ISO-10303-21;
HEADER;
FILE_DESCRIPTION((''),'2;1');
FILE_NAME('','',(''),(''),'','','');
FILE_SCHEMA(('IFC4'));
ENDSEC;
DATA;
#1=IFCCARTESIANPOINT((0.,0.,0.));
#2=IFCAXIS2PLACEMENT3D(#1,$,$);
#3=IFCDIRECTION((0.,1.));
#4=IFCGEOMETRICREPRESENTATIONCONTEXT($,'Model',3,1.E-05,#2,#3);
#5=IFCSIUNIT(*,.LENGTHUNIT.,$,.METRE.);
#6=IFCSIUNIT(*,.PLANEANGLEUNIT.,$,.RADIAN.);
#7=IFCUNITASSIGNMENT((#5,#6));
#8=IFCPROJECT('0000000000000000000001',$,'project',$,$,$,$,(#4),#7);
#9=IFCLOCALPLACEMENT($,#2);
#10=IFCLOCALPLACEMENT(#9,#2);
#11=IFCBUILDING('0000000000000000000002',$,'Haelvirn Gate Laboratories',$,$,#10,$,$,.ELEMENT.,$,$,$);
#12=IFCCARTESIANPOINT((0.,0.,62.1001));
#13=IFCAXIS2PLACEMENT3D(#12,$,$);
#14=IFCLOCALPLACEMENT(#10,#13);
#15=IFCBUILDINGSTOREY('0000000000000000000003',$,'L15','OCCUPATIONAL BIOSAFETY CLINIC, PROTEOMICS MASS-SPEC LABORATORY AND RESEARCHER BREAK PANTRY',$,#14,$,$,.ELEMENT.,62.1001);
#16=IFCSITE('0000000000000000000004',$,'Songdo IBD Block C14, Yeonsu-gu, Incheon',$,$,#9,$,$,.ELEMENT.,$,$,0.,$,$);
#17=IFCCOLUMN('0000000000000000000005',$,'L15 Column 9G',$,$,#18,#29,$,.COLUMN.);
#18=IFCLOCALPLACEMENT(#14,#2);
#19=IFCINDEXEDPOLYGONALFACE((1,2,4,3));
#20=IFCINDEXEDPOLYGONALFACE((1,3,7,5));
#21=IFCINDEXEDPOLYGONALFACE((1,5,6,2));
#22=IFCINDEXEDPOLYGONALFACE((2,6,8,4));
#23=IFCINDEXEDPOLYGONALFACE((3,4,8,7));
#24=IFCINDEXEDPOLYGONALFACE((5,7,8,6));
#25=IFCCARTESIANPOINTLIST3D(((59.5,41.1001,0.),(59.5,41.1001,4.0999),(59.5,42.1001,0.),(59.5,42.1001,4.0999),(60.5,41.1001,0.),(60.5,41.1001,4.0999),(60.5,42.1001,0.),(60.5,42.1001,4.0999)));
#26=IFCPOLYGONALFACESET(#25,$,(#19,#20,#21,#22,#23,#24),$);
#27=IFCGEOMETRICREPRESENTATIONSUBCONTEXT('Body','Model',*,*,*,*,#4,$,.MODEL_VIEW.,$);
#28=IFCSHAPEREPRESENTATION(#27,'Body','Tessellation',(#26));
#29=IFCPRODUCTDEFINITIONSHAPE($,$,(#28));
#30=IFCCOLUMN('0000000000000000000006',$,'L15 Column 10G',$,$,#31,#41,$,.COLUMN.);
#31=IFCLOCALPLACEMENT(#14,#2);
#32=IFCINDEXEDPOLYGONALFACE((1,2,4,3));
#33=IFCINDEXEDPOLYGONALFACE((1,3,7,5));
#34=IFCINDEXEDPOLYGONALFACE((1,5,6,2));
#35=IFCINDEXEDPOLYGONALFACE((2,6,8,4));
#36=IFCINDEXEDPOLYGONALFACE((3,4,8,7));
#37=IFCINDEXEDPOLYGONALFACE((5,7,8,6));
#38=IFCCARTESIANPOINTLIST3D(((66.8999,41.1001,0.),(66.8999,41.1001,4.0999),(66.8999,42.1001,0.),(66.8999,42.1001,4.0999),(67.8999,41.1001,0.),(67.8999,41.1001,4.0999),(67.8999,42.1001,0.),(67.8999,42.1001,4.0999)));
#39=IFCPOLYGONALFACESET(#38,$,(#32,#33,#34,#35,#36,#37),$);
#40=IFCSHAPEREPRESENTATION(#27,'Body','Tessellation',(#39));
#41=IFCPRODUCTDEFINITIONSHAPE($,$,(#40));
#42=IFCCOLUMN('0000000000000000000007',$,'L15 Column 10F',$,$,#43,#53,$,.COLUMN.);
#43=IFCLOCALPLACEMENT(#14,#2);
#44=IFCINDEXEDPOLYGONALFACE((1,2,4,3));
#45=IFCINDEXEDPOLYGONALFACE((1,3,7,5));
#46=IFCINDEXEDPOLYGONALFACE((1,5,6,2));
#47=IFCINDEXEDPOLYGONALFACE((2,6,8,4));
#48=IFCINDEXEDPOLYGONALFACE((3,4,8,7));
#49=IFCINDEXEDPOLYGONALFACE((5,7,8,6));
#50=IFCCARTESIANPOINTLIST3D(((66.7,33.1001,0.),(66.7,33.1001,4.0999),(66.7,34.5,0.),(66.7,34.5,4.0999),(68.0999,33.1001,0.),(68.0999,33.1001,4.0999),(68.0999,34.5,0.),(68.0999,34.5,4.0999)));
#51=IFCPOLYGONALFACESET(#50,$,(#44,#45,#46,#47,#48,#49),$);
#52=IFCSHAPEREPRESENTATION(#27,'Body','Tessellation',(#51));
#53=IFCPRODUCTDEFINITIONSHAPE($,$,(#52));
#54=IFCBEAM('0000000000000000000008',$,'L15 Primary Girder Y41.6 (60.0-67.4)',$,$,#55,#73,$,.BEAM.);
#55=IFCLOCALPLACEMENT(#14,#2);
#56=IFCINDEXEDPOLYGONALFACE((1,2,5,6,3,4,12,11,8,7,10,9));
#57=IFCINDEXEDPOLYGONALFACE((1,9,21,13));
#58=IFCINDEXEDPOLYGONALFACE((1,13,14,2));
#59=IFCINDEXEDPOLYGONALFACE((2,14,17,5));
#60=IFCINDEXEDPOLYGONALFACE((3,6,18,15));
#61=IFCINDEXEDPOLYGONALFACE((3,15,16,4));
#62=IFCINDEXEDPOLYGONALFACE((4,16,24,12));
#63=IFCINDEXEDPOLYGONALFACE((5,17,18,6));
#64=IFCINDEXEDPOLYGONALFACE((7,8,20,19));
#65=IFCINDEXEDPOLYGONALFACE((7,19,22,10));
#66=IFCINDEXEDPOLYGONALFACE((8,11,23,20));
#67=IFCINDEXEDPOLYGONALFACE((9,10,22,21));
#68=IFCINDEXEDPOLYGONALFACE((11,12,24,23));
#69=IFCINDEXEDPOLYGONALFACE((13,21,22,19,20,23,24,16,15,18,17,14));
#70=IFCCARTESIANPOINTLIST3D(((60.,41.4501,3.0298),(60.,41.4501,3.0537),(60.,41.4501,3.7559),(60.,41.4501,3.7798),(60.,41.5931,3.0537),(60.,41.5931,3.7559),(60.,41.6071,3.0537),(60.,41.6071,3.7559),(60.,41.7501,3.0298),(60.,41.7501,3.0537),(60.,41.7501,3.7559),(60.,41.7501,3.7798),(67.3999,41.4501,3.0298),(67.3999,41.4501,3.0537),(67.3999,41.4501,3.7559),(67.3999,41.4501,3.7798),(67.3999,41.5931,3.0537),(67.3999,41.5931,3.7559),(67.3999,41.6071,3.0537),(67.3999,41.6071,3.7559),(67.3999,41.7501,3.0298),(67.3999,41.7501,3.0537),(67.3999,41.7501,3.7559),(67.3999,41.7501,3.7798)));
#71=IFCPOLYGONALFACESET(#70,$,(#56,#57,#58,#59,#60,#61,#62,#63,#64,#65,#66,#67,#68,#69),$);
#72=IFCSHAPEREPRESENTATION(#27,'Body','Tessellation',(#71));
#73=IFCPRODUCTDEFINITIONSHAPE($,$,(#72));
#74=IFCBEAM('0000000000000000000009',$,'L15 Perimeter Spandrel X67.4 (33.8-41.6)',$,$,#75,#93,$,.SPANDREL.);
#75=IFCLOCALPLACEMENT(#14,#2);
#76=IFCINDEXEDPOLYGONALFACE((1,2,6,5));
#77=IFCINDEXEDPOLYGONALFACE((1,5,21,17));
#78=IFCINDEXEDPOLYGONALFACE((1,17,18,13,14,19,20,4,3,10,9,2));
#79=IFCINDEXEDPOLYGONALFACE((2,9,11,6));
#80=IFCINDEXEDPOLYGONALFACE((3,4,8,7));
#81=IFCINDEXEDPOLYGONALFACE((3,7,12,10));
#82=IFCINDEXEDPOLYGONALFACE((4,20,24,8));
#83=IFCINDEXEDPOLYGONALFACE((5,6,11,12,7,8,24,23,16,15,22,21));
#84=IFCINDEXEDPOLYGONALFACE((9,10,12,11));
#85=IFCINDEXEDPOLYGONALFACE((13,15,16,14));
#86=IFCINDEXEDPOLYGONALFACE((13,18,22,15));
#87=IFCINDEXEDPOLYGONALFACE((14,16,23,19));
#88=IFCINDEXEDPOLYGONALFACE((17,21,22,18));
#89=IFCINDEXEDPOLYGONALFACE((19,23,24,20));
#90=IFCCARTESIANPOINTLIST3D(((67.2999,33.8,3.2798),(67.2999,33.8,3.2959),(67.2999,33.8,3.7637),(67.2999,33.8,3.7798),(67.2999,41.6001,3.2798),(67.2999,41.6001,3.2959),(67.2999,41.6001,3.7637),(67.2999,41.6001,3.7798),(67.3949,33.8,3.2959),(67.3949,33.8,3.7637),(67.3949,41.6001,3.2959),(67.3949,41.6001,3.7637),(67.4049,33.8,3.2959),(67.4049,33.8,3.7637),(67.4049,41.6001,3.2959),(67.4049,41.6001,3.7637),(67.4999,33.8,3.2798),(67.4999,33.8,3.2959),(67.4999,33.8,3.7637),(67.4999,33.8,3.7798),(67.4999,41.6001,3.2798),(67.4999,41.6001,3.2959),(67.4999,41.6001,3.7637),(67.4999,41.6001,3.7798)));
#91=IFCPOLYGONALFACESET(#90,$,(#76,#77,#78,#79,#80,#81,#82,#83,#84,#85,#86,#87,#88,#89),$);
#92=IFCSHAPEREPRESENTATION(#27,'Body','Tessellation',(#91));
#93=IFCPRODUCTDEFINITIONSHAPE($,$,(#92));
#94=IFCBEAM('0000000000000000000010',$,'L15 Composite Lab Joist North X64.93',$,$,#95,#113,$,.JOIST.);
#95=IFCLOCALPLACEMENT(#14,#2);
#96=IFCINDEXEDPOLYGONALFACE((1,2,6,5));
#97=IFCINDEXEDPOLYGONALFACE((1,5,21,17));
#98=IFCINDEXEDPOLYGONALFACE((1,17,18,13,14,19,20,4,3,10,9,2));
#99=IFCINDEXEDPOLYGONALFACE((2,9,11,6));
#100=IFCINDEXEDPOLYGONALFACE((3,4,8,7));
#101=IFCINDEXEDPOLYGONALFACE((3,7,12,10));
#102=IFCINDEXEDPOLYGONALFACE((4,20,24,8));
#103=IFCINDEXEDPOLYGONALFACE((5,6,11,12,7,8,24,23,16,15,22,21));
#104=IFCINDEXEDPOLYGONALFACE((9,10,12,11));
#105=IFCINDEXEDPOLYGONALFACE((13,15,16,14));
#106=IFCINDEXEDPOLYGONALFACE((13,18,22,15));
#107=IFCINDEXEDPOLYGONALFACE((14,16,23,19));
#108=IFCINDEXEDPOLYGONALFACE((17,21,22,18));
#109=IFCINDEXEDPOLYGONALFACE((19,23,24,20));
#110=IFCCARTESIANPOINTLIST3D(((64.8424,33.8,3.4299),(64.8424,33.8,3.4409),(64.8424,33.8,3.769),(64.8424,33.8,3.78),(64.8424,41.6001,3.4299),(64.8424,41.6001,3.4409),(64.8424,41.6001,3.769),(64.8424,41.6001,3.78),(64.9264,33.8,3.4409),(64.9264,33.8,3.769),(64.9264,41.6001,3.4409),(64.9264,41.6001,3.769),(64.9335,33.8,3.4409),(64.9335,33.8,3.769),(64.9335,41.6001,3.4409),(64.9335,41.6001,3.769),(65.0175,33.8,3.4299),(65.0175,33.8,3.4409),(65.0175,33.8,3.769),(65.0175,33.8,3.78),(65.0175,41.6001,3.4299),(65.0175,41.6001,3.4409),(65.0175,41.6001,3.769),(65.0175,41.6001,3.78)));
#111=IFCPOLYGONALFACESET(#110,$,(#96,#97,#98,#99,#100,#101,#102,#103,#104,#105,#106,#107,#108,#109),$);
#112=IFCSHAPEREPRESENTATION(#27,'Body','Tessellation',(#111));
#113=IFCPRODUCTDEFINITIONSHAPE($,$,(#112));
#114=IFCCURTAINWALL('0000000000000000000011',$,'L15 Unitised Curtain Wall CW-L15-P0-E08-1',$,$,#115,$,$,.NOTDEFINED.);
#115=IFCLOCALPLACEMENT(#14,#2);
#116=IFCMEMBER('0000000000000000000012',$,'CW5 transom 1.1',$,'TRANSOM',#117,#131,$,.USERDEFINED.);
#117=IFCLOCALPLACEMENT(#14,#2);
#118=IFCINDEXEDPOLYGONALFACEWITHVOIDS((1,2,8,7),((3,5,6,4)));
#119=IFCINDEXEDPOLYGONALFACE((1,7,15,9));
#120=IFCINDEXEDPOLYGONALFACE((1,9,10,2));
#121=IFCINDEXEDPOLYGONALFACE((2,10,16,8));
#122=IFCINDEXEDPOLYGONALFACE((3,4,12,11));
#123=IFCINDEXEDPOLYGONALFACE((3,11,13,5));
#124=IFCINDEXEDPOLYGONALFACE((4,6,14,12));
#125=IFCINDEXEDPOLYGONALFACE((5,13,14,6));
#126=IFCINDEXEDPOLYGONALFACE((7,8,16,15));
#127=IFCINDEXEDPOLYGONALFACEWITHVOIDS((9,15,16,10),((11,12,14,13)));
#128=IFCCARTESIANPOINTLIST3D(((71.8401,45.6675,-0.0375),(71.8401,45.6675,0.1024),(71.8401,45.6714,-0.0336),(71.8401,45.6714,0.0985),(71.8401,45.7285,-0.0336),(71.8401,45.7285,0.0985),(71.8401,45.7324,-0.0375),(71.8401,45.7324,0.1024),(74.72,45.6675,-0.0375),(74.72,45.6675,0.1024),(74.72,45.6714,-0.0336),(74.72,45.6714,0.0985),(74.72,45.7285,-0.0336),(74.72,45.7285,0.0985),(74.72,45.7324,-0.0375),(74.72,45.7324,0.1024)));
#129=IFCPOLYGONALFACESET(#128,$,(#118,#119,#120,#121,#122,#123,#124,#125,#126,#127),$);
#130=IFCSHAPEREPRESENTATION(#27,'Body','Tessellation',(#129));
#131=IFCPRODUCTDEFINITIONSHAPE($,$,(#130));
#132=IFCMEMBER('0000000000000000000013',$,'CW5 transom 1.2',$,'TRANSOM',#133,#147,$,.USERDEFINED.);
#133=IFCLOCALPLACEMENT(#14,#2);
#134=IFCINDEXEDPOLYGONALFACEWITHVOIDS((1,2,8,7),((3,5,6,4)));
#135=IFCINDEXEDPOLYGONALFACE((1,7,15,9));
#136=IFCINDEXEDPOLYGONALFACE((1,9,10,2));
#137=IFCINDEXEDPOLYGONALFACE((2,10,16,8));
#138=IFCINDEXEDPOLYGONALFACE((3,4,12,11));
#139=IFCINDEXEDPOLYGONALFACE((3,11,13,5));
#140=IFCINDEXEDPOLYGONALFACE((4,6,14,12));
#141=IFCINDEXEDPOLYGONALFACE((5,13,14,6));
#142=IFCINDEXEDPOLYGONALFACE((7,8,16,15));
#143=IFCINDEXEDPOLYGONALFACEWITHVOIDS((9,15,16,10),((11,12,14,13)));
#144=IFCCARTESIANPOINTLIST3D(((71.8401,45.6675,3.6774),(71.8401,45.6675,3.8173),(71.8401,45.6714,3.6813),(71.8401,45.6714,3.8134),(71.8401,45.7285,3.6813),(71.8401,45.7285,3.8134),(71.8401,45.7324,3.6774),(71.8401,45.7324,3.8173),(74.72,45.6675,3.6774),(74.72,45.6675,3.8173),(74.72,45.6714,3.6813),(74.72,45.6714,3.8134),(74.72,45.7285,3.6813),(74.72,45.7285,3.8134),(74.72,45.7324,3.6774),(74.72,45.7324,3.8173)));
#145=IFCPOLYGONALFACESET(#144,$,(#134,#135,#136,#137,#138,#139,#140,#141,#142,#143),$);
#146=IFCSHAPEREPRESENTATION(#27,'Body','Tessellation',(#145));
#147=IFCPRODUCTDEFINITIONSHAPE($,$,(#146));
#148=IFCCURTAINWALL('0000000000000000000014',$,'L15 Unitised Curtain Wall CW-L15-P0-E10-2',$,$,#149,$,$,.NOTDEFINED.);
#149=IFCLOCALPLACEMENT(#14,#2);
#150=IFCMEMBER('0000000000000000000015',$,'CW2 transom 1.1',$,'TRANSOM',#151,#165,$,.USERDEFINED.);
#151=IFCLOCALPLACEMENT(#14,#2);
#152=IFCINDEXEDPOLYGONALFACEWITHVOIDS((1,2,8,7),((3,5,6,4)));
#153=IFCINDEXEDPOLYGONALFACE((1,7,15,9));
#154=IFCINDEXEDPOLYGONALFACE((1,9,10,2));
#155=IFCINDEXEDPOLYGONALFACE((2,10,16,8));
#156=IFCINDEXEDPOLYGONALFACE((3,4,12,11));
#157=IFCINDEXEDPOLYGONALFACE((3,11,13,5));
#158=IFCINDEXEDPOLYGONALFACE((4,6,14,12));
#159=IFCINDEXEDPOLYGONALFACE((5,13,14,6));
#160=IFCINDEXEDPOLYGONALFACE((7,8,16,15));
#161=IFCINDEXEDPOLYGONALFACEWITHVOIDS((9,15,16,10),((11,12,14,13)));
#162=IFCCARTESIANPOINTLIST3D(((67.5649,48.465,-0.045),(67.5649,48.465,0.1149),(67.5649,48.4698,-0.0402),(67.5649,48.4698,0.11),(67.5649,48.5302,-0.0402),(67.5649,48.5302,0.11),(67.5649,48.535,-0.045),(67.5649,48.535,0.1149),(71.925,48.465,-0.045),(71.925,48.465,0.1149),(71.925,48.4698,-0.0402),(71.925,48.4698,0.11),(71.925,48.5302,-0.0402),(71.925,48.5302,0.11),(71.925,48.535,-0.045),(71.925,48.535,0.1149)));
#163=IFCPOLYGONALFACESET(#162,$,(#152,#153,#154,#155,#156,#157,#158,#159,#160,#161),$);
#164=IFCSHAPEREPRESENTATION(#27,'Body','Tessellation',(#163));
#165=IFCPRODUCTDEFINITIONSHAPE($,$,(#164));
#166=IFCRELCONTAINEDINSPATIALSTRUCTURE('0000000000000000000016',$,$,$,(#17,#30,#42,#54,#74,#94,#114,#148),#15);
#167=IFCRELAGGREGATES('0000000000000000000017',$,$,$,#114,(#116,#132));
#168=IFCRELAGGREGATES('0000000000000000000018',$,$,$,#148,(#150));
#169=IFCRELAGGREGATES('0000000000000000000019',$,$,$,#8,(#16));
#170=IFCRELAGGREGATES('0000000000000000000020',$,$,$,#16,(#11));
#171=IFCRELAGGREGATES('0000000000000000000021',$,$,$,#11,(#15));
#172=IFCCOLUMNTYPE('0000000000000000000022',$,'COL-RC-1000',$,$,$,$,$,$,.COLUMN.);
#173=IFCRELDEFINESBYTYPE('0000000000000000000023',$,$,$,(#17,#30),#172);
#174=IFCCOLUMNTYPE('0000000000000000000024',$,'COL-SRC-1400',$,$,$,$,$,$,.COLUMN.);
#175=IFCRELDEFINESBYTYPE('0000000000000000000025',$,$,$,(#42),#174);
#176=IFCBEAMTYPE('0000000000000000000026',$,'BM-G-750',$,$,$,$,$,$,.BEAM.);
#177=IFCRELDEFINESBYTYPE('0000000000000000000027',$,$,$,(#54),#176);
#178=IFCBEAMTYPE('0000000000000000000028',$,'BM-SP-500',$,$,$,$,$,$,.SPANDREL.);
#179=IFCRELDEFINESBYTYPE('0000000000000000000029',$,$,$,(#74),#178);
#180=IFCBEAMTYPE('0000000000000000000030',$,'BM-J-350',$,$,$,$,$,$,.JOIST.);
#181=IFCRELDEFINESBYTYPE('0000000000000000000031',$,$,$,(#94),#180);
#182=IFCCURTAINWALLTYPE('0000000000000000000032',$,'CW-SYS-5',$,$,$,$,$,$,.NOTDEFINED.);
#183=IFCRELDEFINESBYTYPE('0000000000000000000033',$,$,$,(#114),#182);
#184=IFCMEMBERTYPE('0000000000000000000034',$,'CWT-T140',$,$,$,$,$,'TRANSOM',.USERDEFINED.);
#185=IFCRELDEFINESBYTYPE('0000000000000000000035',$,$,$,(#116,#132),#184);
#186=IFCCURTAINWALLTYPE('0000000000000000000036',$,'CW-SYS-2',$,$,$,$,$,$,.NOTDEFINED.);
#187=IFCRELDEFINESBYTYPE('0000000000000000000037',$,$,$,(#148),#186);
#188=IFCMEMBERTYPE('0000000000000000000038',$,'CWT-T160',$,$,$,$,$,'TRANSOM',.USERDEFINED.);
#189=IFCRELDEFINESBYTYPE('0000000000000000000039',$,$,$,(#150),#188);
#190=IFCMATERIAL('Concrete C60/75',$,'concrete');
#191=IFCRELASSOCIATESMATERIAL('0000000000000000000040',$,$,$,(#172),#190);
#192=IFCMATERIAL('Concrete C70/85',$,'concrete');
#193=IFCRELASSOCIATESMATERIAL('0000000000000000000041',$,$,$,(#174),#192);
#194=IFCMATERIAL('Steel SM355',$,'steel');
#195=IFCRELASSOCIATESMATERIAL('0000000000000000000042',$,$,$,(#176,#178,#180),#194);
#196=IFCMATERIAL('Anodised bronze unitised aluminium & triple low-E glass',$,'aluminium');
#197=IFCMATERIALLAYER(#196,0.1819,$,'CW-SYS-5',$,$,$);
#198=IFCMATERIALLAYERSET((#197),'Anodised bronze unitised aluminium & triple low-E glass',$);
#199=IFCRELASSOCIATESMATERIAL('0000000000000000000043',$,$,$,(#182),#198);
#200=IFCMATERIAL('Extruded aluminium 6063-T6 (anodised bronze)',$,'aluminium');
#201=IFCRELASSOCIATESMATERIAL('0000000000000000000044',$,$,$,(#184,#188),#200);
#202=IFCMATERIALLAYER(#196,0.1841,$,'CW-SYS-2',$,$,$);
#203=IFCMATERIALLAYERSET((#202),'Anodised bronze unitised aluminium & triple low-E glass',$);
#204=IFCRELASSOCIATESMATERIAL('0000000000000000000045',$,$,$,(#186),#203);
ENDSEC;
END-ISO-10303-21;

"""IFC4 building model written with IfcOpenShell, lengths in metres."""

from ifc_helpers import new_model, si_unit, direction, frame, origin, origin_2d, place, context, subcontext, project, spatial, rectangle, hollow_rectangle, i_section, extrude, source, transform, mapped, material, layer, layer_set, material_profile, profile_set, type_object, type_shapes, element, aggregate, save


model = new_model("IFC4")

# Units and contexts
model_context = context("Model", 3, precision=1e-05, world=origin(), true_north=direction((0.0, 1.0)))
body_context = subcontext(model_context, "Body", "Model", "MODEL_VIEW")
ifc_project = project(units=[si_unit("LENGTHUNIT", "METRE"), si_unit("PLANEANGLEUNIT", "RADIAN")], contexts=[model_context])

# Site, building, storey
site_placement = place(None, origin())
site = spatial("IfcSite", under=ifc_project, at=site_placement, Name="Songdo IBD Block C14, Yeonsu-gu, Incheon", CompositionType="ELEMENT", RefElevation=0.0)
building_placement = place(site_placement, origin())
building = spatial("IfcBuilding", under=site, at=building_placement, Name="Haelvirn Gate Laboratories", CompositionType="ELEMENT")
storey_placement = place(building_placement, frame((0.0, 0.0, 62.1001)))
storey = spatial("IfcBuildingStorey", under=building, at=storey_placement, Name="L15", Description="OCCUPATIONAL BIOSAFETY CLINIC, PROTEOMICS MASS-SPEC LABORATORY AND RESEARCHER BREAK PANTRY", CompositionType="ELEMENT", Elevation=62.1001)

# Columns
ifc_material_1 = material(Name="Concrete C60/75", Category="concrete")
ifc_material_profile_1 = material_profile(ifc_material_1, rectangle(XDim=1.0, YDim=1.0, at=origin_2d()), Name="RC-1000x1000")
ifc_profile_set_1 = profile_set([ifc_material_profile_1], Name="Concrete C60/75")
column_type_1 = type_object("IfcColumnType", Name="COL-RC-1000", PredefinedType="COLUMN", material=ifc_profile_set_1)
shared_shape_1 = source(origin(), body_context, "Body", "SweptSolid", [
    extrude(rectangle(XDim=1.0, YDim=1.0, at=origin_2d()), origin(), (0.0, 0.0, 1.0), 4.0999),
])
type_shapes(column_type_1, [shared_shape_1])
for number, where, z_axis, x_axis, name in (
    (1, (60.0, 41.6001, 0.0), (0.0, 0.0, 1.0), (1.0, 0.0, 0.0), "L15 Column 9G"),
    (2, (67.3999, 41.6001, 0.0), (0.0, 0.0, 1.0), (1.0, 0.0, 0.0), "L15 Column 10G"),
):
    element("IfcColumn", number, at=place(storey_placement, frame(where, z_axis=z_axis, x_axis=x_axis)), inside=storey, type_object=column_type_1, Name=name, PredefinedType="COLUMN", context=body_context, shape_type="MappedRepresentation", body=[
        mapped(shared_shape_1, transform((0.0, 0.0, 0.0), scale=1.0)),
    ])
ifc_material_2 = material(Name="Concrete C70/85", Category="concrete")
ifc_material_profile_2 = material_profile(ifc_material_2, rectangle(XDim=1.3999, YDim=1.3999, at=origin_2d()), Name="SRC-1400x1400")
ifc_profile_set_2 = profile_set([ifc_material_profile_2], Name="Concrete C70/85")
column_type_2 = type_object("IfcColumnType", Name="COL-SRC-1400", PredefinedType="COLUMN", material=ifc_profile_set_2)
shared_shape_2 = source(origin(), body_context, "Body", "SweptSolid", [
    extrude(rectangle(XDim=1.3999, YDim=1.3999, at=origin_2d()), origin(), (0.0, 0.0, 1.0), 4.0999),
])
type_shapes(column_type_2, [shared_shape_2])
column_placement = place(storey_placement, frame((67.3999, 33.8, 0.0), z_axis=(0.0, 0.0, 1.0), x_axis=(1.0, 0.0, 0.0)))
element("IfcColumn", 3, at=column_placement, inside=storey, type_object=column_type_2, Name="L15 Column 10F", PredefinedType="COLUMN", context=body_context, shape_type="MappedRepresentation", body=[
    mapped(shared_shape_2, transform((0.0, 0.0, 0.0), scale=1.0)),
])

# Beams
ifc_material_3 = material(Name="Steel SM355", Category="steel")
ifc_material_profile_3 = material_profile(ifc_material_3, i_section(OverallWidth=0.3, OverallDepth=0.75, WebThickness=0.0139, FlangeThickness=0.0239, at=origin_2d()), Name="H-750x300x14x24")
ifc_profile_set_3 = profile_set([ifc_material_profile_3], Name="Steel SM355")
beam_type_1 = type_object("IfcBeamType", Name="BM-G-750", PredefinedType="BEAM", material=ifc_profile_set_3)
shared_shape_3 = source(origin(), body_context, "Body", "SweptSolid", [
    extrude(i_section(OverallWidth=0.3, OverallDepth=0.75, WebThickness=0.0139, FlangeThickness=0.0239, at=origin_2d()), origin(), (0.0, 0.0, 1.0), 7.3999),
])
type_shapes(beam_type_1, [shared_shape_3])
beam_1_placement = place(storey_placement, frame((60.0, 41.6001, 3.4048), z_axis=(1.0, 0.0, 0.0), x_axis=(0.0, 1.0, 0.0)))
element("IfcBeam", 4, at=beam_1_placement, inside=storey, type_object=beam_type_1, Name="L15 Primary Girder Y41.6 (60.0-67.4)", PredefinedType="BEAM", context=body_context, shape_type="MappedRepresentation", body=[
    mapped(shared_shape_3, transform((0.0, 0.0, 0.0), scale=1.0)),
])
ifc_material_profile_4 = material_profile(ifc_material_3, i_section(OverallWidth=0.2, OverallDepth=0.5, WebThickness=0.01, FlangeThickness=0.0161, at=origin_2d()), Name="H-500x200x10x16")
ifc_profile_set_4 = profile_set([ifc_material_profile_4], Name="Steel SM355")
beam_type_2 = type_object("IfcBeamType", Name="BM-SP-500", PredefinedType="SPANDREL", material=ifc_profile_set_4)
shared_shape_4 = source(origin(), body_context, "Body", "SweptSolid", [
    extrude(i_section(OverallWidth=0.2, OverallDepth=0.5, WebThickness=0.01, FlangeThickness=0.0161, at=origin_2d()), origin(), (0.0, 0.0, 1.0), 7.8),
])
type_shapes(beam_type_2, [shared_shape_4])
beam_2_placement = place(storey_placement, frame((67.3999, 33.8, 3.5298), z_axis=(0.0, 1.0, 0.0), x_axis=(-1.0, 0.0, 0.0)))
element("IfcBeam", 5, at=beam_2_placement, inside=storey, type_object=beam_type_2, Name="L15 Perimeter Spandrel X67.4 (33.8-41.6)", PredefinedType="SPANDREL", context=body_context, shape_type="MappedRepresentation", body=[
    mapped(shared_shape_4, transform((0.0, 0.0, 0.0), scale=1.0)),
])
ifc_material_profile_5 = material_profile(ifc_material_3, i_section(OverallWidth=0.175, OverallDepth=0.3501, WebThickness=0.0071, FlangeThickness=0.011, at=origin_2d()), Name="H-350x175x7x11")
ifc_profile_set_5 = profile_set([ifc_material_profile_5], Name="Steel SM355")
beam_type_3 = type_object("IfcBeamType", Name="BM-J-350", PredefinedType="JOIST", material=ifc_profile_set_5)
shared_shape_5 = source(origin(), body_context, "Body", "SweptSolid", [
    extrude(i_section(OverallWidth=0.175, OverallDepth=0.3501, WebThickness=0.0071, FlangeThickness=0.011, at=origin_2d()), origin(), (0.0, 0.0, 1.0), 7.8),
])
type_shapes(beam_type_3, [shared_shape_5])
beam_3_placement = place(storey_placement, frame((64.9299, 33.8, 3.605), z_axis=(0.0, 1.0, 0.0), x_axis=(-1.0, 0.0, 0.0)))
element("IfcBeam", 6, at=beam_3_placement, inside=storey, type_object=beam_type_3, Name="L15 Composite Lab Joist North X64.93", PredefinedType="JOIST", context=body_context, shape_type="MappedRepresentation", body=[
    mapped(shared_shape_5, transform((0.0, 0.0, 0.0), scale=1.0)),
])

# Curtain walls, members
ifc_material_4 = material(Name="Anodised bronze unitised aluminium & triple low-E glass", Category="aluminium")
ifc_layer_1 = layer(ifc_material_4, 0.1819, Name="CW-SYS-5")
ifc_layer_set_1 = layer_set([ifc_layer_1], Name="Anodised bronze unitised aluminium & triple low-E glass")
curtain_wall_type_1 = type_object("IfcCurtainWallType", Name="CW-SYS-5", PredefinedType="NOTDEFINED", material=ifc_layer_set_1)
curtain_wall_1_placement = place(storey_placement, origin())
curtain_wall_1 = element("IfcCurtainWall", 7, at=curtain_wall_1_placement, inside=storey, type_object=curtain_wall_type_1, Name="L15 Unitised Curtain Wall CW-L15-P0-E08-1", PredefinedType="NOTDEFINED")
ifc_material_5 = material(Name="Extruded aluminium 6063-T6 (anodised bronze)", Category="aluminium")
ifc_material_profile_6 = material_profile(ifc_material_5, hollow_rectangle(XDim=0.0649, YDim=0.1399, WallThickness=0.0039, at=origin_2d()), Name="CWT-140x65x4")
ifc_profile_set_6 = profile_set([ifc_material_profile_6], Name="Extruded aluminium 6063-T6 (anodised bronze)")
member_type_1 = type_object("IfcMemberType", Name="CWT-T140", ElementType="TRANSOM", PredefinedType="USERDEFINED", material=ifc_profile_set_6)
shared_shape_6 = source(origin(), body_context, "Body", "SweptSolid", [
    extrude(hollow_rectangle(XDim=0.0649, YDim=0.1399, WallThickness=0.0039, at=origin_2d()), origin(), (0.0, 0.0, 1.0), 2.8799),
])
type_shapes(member_type_1, [shared_shape_6])
member_1_placement = place(storey_placement, frame((71.8401, 45.7, 0.0325), z_axis=(1.0, 0.0, 0.0), x_axis=(0.0, 1.0, 0.0)))
member_1 = element("IfcMember", 8, at=member_1_placement, type_object=member_type_1, Name="CW5 transom 1.1", ObjectType="TRANSOM", PredefinedType="USERDEFINED", context=body_context, shape_type="MappedRepresentation", body=[
    mapped(shared_shape_6, transform((0.0, 0.0, 0.0), scale=1.0)),
])
member_2_placement = place(storey_placement, frame((71.8401, 45.7, 3.7473), z_axis=(1.0, 0.0, 0.0), x_axis=(0.0, 1.0, 0.0)))
member_2 = element("IfcMember", 9, at=member_2_placement, type_object=member_type_1, Name="CW5 transom 1.2", ObjectType="TRANSOM", PredefinedType="USERDEFINED", context=body_context, shape_type="MappedRepresentation", body=[
    mapped(shared_shape_6, transform((0.0, 0.0, 0.0), scale=1.0)),
])
ifc_layer_2 = layer(ifc_material_4, 0.1841, Name="CW-SYS-2")
ifc_layer_set_2 = layer_set([ifc_layer_2], Name="Anodised bronze unitised aluminium & triple low-E glass")
curtain_wall_type_2 = type_object("IfcCurtainWallType", Name="CW-SYS-2", PredefinedType="NOTDEFINED", material=ifc_layer_set_2)
curtain_wall_2_placement = place(storey_placement, origin())
curtain_wall_2 = element("IfcCurtainWall", 10, at=curtain_wall_2_placement, inside=storey, type_object=curtain_wall_type_2, Name="L15 Unitised Curtain Wall CW-L15-P0-E10-2", PredefinedType="NOTDEFINED")
ifc_material_profile_7 = material_profile(ifc_material_5, hollow_rectangle(XDim=0.0701, YDim=0.1599, WallThickness=0.0049, at=origin_2d()), Name="CWT-160x70x5")
ifc_profile_set_7 = profile_set([ifc_material_profile_7], Name="Extruded aluminium 6063-T6 (anodised bronze)")
member_type_2 = type_object("IfcMemberType", Name="CWT-T160", ElementType="TRANSOM", PredefinedType="USERDEFINED", material=ifc_profile_set_7)
shared_shape_7 = source(origin(), body_context, "Body", "SweptSolid", [
    extrude(hollow_rectangle(XDim=0.0701, YDim=0.1599, WallThickness=0.0049, at=origin_2d()), origin(), (0.0, 0.0, 1.0), 4.3601),
])
member_3_placement = place(storey_placement, frame((67.5649, 48.5, 0.0349), z_axis=(1.0, 0.0, 0.0), x_axis=(0.0, 1.0, 0.0)))
member_3 = element("IfcMember", 11, at=member_3_placement, type_object=member_type_2, Name="CW2 transom 1.1", ObjectType="TRANSOM", PredefinedType="USERDEFINED", context=body_context, shape_type="MappedRepresentation", body=[
    mapped(shared_shape_7, transform((0.0, 0.0, 0.0), scale=1.0)),
])

aggregate(curtain_wall_1, [member_1, member_2])
aggregate(curtain_wall_2, [member_3])

save(model, "model.ifc")
